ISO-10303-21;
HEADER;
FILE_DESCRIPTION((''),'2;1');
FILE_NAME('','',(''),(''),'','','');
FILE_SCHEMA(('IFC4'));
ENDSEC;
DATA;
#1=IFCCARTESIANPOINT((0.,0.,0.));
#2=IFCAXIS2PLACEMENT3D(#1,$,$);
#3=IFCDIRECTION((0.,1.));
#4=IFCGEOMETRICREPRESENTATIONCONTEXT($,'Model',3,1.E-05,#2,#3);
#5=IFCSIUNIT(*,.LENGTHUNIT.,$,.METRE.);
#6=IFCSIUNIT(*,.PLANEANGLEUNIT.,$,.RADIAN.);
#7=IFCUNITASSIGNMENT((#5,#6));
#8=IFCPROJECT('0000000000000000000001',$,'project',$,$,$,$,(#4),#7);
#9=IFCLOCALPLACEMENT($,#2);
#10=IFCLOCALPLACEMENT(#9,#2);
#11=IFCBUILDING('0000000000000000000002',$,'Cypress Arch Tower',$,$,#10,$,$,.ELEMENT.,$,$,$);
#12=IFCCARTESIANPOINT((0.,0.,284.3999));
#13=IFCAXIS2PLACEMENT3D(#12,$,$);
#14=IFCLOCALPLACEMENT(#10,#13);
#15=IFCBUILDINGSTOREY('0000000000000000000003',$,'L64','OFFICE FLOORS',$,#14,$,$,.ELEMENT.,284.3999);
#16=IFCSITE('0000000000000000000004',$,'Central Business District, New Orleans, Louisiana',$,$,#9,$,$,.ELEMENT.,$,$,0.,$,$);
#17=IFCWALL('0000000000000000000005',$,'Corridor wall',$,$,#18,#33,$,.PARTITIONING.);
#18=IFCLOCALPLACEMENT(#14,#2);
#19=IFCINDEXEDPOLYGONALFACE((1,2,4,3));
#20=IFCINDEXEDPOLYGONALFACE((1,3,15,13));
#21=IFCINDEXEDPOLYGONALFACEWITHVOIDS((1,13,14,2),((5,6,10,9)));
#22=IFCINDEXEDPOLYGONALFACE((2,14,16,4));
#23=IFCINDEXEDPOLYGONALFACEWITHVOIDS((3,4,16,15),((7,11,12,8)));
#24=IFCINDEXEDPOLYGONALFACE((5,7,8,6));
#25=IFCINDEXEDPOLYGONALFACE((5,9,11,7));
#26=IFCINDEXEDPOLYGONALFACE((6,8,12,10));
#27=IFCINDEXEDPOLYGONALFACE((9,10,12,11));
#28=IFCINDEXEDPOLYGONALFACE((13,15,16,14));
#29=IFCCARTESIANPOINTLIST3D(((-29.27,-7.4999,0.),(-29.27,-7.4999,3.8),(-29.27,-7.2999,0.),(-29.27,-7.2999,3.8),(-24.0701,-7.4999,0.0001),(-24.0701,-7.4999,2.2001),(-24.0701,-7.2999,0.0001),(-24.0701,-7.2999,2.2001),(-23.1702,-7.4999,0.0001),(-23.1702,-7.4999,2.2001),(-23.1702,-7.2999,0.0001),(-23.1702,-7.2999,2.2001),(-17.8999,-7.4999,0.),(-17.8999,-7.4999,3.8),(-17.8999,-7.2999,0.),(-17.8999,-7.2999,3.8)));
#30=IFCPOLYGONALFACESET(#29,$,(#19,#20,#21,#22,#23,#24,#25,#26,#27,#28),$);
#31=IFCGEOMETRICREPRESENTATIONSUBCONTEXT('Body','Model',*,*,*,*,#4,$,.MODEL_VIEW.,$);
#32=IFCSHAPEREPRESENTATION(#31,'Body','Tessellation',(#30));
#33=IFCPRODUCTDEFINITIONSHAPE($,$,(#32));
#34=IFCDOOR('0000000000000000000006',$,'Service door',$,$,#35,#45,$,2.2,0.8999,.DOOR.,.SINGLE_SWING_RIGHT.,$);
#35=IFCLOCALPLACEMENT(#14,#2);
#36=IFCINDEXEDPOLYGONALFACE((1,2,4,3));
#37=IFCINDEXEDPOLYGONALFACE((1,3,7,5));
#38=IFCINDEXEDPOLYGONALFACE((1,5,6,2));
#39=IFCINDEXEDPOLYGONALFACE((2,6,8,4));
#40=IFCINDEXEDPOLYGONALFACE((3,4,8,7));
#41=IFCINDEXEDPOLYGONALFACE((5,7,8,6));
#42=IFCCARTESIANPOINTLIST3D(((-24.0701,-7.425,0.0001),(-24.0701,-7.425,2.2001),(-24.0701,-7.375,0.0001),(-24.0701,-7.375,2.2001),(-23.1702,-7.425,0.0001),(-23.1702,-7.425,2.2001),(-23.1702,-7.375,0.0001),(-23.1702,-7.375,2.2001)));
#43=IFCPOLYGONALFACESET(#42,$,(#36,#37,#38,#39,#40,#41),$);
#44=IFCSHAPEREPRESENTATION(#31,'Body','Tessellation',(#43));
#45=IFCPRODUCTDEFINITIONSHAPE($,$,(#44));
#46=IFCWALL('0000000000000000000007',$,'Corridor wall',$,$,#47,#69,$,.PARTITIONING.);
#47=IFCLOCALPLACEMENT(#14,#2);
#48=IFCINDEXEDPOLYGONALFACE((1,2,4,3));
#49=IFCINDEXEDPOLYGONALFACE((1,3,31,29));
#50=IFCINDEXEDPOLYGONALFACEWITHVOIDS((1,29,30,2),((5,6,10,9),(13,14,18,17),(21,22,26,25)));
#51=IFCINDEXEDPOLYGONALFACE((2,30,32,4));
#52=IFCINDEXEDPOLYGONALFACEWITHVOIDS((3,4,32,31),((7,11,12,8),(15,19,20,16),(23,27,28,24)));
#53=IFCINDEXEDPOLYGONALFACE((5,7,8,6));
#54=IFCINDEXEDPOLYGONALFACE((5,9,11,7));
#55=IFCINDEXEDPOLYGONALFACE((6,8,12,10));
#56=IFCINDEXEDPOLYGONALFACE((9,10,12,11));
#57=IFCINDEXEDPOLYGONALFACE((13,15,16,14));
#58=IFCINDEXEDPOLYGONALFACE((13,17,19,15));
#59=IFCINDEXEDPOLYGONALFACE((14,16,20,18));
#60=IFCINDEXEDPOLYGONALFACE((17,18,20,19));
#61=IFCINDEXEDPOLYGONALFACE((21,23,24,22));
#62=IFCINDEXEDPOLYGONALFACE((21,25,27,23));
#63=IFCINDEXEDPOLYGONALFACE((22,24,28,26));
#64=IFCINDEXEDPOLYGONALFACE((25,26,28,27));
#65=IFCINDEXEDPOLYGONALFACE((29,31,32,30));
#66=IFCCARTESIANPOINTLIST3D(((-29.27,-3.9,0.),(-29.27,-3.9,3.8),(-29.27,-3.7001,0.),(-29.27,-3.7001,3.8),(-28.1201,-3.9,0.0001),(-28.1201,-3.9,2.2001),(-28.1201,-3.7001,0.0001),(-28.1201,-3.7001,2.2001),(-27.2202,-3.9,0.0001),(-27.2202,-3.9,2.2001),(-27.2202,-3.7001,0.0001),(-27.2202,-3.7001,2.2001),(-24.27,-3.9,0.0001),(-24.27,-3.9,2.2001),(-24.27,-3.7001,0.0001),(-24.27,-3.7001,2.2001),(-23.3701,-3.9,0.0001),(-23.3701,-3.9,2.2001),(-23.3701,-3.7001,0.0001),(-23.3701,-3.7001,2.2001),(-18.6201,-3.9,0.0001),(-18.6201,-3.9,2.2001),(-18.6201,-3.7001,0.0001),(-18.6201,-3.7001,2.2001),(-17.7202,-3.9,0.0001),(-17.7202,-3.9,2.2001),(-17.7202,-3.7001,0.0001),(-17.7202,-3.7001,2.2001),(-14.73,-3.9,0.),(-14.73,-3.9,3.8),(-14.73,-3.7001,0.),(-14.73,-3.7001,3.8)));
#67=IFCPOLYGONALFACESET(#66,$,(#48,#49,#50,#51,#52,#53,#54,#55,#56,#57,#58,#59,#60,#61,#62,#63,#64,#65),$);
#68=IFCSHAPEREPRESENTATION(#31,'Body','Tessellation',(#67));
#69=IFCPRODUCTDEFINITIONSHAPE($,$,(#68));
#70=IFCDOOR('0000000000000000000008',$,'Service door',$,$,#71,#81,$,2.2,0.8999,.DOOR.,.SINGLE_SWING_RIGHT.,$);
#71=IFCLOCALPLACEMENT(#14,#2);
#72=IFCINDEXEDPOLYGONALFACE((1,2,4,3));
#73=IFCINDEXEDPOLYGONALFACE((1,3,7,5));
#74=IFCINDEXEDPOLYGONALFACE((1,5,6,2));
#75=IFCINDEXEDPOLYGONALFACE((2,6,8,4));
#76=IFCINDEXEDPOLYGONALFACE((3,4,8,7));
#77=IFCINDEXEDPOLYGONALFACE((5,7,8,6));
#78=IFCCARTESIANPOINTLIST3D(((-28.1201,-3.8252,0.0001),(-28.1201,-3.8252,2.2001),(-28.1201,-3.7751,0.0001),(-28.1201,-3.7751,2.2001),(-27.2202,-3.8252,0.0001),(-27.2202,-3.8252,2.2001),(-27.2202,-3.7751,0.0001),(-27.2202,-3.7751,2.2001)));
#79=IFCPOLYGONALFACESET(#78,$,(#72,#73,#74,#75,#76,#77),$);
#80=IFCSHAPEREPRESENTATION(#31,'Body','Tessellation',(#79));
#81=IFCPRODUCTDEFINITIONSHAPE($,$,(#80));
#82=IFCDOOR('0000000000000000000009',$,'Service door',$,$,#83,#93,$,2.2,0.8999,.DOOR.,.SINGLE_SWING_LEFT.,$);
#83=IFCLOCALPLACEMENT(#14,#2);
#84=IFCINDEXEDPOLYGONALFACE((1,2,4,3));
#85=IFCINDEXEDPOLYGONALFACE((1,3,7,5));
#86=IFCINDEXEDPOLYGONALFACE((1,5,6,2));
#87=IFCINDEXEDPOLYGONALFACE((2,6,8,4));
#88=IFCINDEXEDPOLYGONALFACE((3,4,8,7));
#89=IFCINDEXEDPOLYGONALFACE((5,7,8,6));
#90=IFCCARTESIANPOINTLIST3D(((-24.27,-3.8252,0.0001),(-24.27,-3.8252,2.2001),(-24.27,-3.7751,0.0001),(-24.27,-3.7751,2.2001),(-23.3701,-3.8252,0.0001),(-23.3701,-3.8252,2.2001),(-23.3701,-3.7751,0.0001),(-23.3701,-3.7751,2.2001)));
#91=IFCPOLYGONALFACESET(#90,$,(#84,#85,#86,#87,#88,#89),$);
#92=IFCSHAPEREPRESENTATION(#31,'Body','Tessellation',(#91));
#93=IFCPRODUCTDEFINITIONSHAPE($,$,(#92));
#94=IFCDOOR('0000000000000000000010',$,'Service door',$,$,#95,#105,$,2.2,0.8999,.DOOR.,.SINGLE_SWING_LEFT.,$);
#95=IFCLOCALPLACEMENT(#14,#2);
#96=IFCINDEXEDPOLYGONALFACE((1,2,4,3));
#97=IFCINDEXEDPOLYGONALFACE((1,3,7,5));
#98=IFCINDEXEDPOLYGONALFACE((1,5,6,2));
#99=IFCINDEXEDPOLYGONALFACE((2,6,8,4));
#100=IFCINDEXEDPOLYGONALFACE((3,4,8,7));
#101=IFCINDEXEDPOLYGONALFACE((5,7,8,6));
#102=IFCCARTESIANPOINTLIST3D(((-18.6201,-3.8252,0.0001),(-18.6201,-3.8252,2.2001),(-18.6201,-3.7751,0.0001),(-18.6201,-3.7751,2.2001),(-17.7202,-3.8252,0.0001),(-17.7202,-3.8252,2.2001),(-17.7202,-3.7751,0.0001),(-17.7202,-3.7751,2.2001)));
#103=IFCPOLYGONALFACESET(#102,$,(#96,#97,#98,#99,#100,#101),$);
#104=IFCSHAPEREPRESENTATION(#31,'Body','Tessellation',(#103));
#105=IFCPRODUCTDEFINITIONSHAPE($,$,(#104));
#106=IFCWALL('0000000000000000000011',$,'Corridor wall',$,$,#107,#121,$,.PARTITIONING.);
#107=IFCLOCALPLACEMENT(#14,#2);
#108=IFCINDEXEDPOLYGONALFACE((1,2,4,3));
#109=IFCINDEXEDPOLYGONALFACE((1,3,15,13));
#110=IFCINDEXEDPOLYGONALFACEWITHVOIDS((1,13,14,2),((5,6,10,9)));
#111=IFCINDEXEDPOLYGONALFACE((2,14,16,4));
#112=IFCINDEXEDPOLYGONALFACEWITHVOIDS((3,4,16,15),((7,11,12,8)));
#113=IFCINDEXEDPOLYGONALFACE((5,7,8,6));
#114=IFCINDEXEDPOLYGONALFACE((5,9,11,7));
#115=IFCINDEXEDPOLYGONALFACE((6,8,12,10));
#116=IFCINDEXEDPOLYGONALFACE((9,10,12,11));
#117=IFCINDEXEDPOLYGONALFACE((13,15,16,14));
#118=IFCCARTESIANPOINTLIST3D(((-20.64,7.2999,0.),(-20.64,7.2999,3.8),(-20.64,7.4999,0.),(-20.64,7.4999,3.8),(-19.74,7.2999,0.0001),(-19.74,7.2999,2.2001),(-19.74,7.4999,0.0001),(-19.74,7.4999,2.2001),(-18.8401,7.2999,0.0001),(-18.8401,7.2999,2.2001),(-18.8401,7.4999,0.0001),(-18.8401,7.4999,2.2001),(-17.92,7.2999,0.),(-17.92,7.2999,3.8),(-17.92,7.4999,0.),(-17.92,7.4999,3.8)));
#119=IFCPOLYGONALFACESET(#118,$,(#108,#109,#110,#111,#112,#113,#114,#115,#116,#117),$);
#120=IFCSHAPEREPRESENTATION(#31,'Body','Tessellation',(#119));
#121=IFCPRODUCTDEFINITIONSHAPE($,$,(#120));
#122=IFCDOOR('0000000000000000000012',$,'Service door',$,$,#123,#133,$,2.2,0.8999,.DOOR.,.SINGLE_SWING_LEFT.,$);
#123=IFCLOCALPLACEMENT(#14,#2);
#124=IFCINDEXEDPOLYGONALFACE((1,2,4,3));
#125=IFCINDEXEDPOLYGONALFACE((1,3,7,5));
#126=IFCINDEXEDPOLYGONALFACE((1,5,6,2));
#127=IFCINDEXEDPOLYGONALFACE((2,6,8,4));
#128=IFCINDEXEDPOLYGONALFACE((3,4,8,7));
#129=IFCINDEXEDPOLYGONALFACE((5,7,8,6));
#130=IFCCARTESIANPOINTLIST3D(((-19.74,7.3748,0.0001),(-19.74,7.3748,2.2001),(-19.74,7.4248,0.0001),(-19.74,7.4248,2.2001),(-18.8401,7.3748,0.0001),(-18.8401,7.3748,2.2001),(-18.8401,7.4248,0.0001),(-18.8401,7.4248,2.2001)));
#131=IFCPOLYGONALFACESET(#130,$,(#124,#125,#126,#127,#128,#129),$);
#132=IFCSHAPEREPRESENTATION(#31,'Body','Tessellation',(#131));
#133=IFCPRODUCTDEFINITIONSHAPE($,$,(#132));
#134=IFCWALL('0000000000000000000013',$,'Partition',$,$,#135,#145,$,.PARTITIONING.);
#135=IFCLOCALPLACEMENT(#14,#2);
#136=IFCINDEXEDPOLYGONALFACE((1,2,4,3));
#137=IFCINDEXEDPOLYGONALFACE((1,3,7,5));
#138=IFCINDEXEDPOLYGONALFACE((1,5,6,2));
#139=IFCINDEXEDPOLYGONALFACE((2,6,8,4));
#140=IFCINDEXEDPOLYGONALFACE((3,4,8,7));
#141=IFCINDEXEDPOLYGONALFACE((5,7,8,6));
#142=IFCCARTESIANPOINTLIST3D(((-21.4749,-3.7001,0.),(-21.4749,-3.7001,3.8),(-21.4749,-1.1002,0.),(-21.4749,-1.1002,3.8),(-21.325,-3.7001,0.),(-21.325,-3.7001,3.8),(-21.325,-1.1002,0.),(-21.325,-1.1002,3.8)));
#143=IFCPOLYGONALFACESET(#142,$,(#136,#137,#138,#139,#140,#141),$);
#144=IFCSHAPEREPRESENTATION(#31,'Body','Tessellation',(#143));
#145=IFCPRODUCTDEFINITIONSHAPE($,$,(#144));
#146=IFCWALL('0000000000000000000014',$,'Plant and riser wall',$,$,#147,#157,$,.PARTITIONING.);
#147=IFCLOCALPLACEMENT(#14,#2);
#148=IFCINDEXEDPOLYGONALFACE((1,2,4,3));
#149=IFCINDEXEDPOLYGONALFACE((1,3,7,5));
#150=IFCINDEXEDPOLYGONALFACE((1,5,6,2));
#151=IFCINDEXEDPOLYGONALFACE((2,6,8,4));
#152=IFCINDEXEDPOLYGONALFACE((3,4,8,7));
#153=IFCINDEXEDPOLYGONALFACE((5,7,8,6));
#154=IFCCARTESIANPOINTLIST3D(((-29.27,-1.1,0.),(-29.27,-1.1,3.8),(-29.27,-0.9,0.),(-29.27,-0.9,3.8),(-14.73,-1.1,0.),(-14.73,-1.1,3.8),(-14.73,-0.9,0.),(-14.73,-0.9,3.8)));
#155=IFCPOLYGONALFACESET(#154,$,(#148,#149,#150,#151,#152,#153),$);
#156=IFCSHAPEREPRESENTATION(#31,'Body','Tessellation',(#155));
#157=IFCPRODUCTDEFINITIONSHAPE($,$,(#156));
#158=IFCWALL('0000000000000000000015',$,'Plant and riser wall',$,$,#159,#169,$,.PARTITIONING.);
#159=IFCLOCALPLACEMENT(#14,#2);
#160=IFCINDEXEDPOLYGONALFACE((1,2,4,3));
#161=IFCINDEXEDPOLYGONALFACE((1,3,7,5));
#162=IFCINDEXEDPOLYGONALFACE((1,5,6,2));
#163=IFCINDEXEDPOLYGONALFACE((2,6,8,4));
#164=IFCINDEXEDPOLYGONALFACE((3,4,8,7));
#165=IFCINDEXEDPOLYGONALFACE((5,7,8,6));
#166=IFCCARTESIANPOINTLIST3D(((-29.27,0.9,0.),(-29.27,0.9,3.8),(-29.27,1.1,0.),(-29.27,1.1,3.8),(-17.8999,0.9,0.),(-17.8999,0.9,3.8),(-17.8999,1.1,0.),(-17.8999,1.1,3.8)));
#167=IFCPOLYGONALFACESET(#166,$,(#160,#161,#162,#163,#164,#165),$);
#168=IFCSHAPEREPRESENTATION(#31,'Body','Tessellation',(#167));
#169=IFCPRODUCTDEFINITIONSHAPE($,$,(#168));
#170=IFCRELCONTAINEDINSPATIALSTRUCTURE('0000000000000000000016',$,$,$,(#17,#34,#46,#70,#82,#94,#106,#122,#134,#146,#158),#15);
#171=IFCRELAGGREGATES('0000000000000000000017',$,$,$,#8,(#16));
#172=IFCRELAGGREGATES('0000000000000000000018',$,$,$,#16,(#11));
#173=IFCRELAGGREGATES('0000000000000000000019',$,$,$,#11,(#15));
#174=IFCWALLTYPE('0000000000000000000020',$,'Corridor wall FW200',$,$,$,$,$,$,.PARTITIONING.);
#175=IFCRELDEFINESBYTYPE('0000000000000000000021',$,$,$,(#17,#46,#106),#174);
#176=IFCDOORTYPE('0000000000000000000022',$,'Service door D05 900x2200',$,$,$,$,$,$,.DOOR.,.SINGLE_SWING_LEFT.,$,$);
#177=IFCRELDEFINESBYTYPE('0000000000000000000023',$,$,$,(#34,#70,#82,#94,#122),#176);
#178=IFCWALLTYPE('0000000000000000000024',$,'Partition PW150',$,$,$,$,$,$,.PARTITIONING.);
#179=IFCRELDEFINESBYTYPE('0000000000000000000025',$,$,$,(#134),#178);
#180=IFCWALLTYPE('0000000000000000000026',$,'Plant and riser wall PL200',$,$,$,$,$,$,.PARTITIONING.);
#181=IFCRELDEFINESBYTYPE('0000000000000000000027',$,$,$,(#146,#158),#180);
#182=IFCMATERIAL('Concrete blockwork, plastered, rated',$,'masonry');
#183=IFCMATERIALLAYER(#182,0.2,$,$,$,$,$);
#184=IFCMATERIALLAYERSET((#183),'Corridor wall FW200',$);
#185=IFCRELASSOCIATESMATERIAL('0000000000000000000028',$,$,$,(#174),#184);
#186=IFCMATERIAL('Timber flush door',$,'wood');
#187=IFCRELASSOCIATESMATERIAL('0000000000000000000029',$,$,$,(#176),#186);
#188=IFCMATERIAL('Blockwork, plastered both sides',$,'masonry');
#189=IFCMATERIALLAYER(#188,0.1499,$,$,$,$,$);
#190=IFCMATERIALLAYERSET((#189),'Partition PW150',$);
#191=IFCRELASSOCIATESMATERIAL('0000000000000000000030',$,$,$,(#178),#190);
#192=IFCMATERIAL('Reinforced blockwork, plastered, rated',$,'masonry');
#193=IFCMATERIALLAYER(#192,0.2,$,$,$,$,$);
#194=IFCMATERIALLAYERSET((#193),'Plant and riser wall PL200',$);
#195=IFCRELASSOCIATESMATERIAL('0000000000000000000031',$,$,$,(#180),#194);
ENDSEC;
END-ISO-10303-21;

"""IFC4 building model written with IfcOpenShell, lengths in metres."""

from ifc_helpers import new_model, si_unit, direction, frame, frame_2d, origin, place, context, subcontext, project, spatial, rectangle, extrude, material, layer, layer_set, type_object, element, fill, save


model = new_model("IFC4")

# Units and contexts
model_context = context("Model", 3, precision=1e-05, world=origin(), true_north=direction((0.0, 1.0)))
body_context = subcontext(model_context, "Body", "Model", "MODEL_VIEW")
ifc_project = project(units=[si_unit("LENGTHUNIT", "METRE"), si_unit("PLANEANGLEUNIT", "RADIAN")], contexts=[model_context])

# Site, building, storey
site_placement = place(None, origin())
site = spatial("IfcSite", under=ifc_project, at=site_placement, Name="Central Business District, New Orleans, Louisiana", CompositionType="ELEMENT", RefElevation=0.0)
building_placement = place(site_placement, origin())
building = spatial("IfcBuilding", under=site, at=building_placement, Name="Cypress Arch Tower", CompositionType="ELEMENT")
storey_placement = place(building_placement, frame((0.0, 0.0, 284.3999)))
storey = spatial("IfcBuildingStorey", under=building, at=storey_placement, Name="L64", Description="OFFICE FLOORS", CompositionType="ELEMENT", Elevation=284.3999)

# Wall, opening, door
ifc_material_1 = material(Name="Concrete blockwork, plastered, rated", Category="masonry")
ifc_layer_1 = layer(ifc_material_1, 0.2)
ifc_layer_set_1 = layer_set([ifc_layer_1], Name="Corridor wall FW200")
wall_type_1 = type_object("IfcWallType", Name="Corridor wall FW200", PredefinedType="PARTITIONING", material=ifc_layer_set_1)
wall_1_placement = place(storey_placement, frame((-29.27, -7.3999, 0.0), z_axis=(0.0, 0.0, 1.0), x_axis=(1.0, 0.0, 0.0)))
wall_1 = element("IfcWall", 1, at=wall_1_placement, inside=storey, type_object=wall_type_1, Name="Corridor wall", PredefinedType="PARTITIONING", context=body_context, shape_type="SweptSolid", body=[
    extrude(rectangle(XDim=11.3701, YDim=0.2, at=frame_2d((5.6851, 0.0))), origin(), (0.0, 0.0, 1.0), 3.8),
])
opening_1_placement = place(wall_1_placement, frame((5.2, 0.0, 0.0)))
opening_1 = element("IfcOpeningElement", 2, at=opening_1_placement, cuts=wall_1, PredefinedType="OPENING", context=body_context, shape_type="SweptSolid", body=[
    extrude(rectangle(XDim=0.8999, YDim=2.2, at=frame_2d((0.45, 1.1001))), frame((0.0, 0.1099, 0.0), z_axis=(0.0, -1.0, 0.0), x_axis=(1.0, 0.0, 0.0)), (0.0, 0.0, 1.0), 0.22),
])
ifc_material_2 = material(Name="Timber flush door", Category="wood")
door_type_1 = type_object("IfcDoorType", Name="Service door D05 900x2200", OperationType="SINGLE_SWING_LEFT", PredefinedType="DOOR", material=ifc_material_2)
door_1_placement = place(opening_1_placement, origin())
door_1 = element("IfcDoor", 3, at=door_1_placement, inside=storey, type_object=door_type_1, Name="Service door", OperationType="SINGLE_SWING_RIGHT", OverallHeight=2.2, OverallWidth=0.8999, PredefinedType="DOOR", context=body_context, shape_type="SweptSolid", body=[
    extrude(rectangle(XDim=0.8999, YDim=2.2, at=frame_2d((0.45, 1.1001))), frame((0.0, 0.0249, 0.0), z_axis=(0.0, -1.0, 0.0), x_axis=(1.0, 0.0, 0.0)), (0.0, 0.0, 1.0), 0.05),
])
fill(opening_1, door_1)

# Wall, openings, doors
wall_2_placement = place(storey_placement, frame((-29.27, -3.8, 0.0), z_axis=(0.0, 0.0, 1.0), x_axis=(1.0, 0.0, 0.0)))
wall_2 = element("IfcWall", 4, at=wall_2_placement, inside=storey, type_object=wall_type_1, Name="Corridor wall", PredefinedType="PARTITIONING", context=body_context, shape_type="SweptSolid", body=[
    extrude(rectangle(XDim=14.54, YDim=0.2, at=frame_2d((7.27, 0.0))), origin(), (0.0, 0.0, 1.0), 3.8),
])
opening_2_placement = place(wall_2_placement, frame((1.1499, 0.0, 0.0)))
opening_2 = element("IfcOpeningElement", 5, at=opening_2_placement, cuts=wall_2, PredefinedType="OPENING", context=body_context, shape_type="SweptSolid", body=[
    extrude(rectangle(XDim=0.8999, YDim=2.2, at=frame_2d((0.45, 1.1001))), frame((0.0, 0.1099, 0.0), z_axis=(0.0, -1.0, 0.0), x_axis=(1.0, 0.0, 0.0)), (0.0, 0.0, 1.0), 0.22),
])
opening_3_placement = place(wall_2_placement, frame((5.0, 0.0, 0.0)))
opening_3 = element("IfcOpeningElement", 6, at=opening_3_placement, cuts=wall_2, PredefinedType="OPENING", context=body_context, shape_type="SweptSolid", body=[
    extrude(rectangle(XDim=0.8999, YDim=2.2, at=frame_2d((0.45, 1.1001))), frame((0.0, 0.1099, 0.0), z_axis=(0.0, -1.0, 0.0), x_axis=(1.0, 0.0, 0.0)), (0.0, 0.0, 1.0), 0.22),
])
opening_4_placement = place(wall_2_placement, frame((10.6499, 0.0, 0.0)))
opening_4 = element("IfcOpeningElement", 7, at=opening_4_placement, cuts=wall_2, PredefinedType="OPENING", context=body_context, shape_type="SweptSolid", body=[
    extrude(rectangle(XDim=0.8999, YDim=2.2, at=frame_2d((0.45, 1.1001))), frame((0.0, 0.1099, 0.0), z_axis=(0.0, -1.0, 0.0), x_axis=(1.0, 0.0, 0.0)), (0.0, 0.0, 1.0), 0.22),
])
door_2_placement = place(opening_2_placement, origin())
door_2 = element("IfcDoor", 8, at=door_2_placement, inside=storey, type_object=door_type_1, Name="Service door", OperationType="SINGLE_SWING_RIGHT", OverallHeight=2.2, OverallWidth=0.8999, PredefinedType="DOOR", context=body_context, shape_type="SweptSolid", body=[
    extrude(rectangle(XDim=0.8999, YDim=2.2, at=frame_2d((0.45, 1.1001))), frame((0.0, 0.0249, 0.0), z_axis=(0.0, -1.0, 0.0), x_axis=(1.0, 0.0, 0.0)), (0.0, 0.0, 1.0), 0.05),
])
fill(opening_2, door_2)
door_3_placement = place(opening_3_placement, origin())
door_3 = element("IfcDoor", 9, at=door_3_placement, inside=storey, type_object=door_type_1, Name="Service door", OperationType="SINGLE_SWING_LEFT", OverallHeight=2.2, OverallWidth=0.8999, PredefinedType="DOOR", context=body_context, shape_type="SweptSolid", body=[
    extrude(rectangle(XDim=0.8999, YDim=2.2, at=frame_2d((0.45, 1.1001))), frame((0.0, 0.0249, 0.0), z_axis=(0.0, -1.0, 0.0), x_axis=(1.0, 0.0, 0.0)), (0.0, 0.0, 1.0), 0.05),
])
fill(opening_3, door_3)
door_4_placement = place(opening_4_placement, origin())
door_4 = element("IfcDoor", 10, at=door_4_placement, inside=storey, type_object=door_type_1, Name="Service door", OperationType="SINGLE_SWING_LEFT", OverallHeight=2.2, OverallWidth=0.8999, PredefinedType="DOOR", context=body_context, shape_type="SweptSolid", body=[
    extrude(rectangle(XDim=0.8999, YDim=2.2, at=frame_2d((0.45, 1.1001))), frame((0.0, 0.0249, 0.0), z_axis=(0.0, -1.0, 0.0), x_axis=(1.0, 0.0, 0.0)), (0.0, 0.0, 1.0), 0.05),
])
fill(opening_4, door_4)

# Wall, opening, door
wall_3_placement = place(storey_placement, frame((-20.6399, 7.3999, 0.0), z_axis=(0.0, 0.0, 1.0), x_axis=(1.0, 0.0, 0.0)))
wall_3 = element("IfcWall", 11, at=wall_3_placement, inside=storey, type_object=wall_type_1, Name="Corridor wall", PredefinedType="PARTITIONING", context=body_context, shape_type="SweptSolid", body=[
    extrude(rectangle(XDim=2.72, YDim=0.2, at=frame_2d((1.3599, 0.0))), origin(), (0.0, 0.0, 1.0), 3.8),
])
opening_5_placement = place(wall_3_placement, frame((0.8999, 0.0, 0.0)))
opening_5 = element("IfcOpeningElement", 12, at=opening_5_placement, cuts=wall_3, PredefinedType="OPENING", context=body_context, shape_type="SweptSolid", body=[
    extrude(rectangle(XDim=0.8999, YDim=2.2, at=frame_2d((0.45, 1.1001))), frame((0.0, 0.1099, 0.0), z_axis=(0.0, -1.0, 0.0), x_axis=(1.0, 0.0, 0.0)), (0.0, 0.0, 1.0), 0.22),
])
door_5_placement = place(opening_5_placement, origin())
door_5 = element("IfcDoor", 13, at=door_5_placement, inside=storey, type_object=door_type_1, Name="Service door", OperationType="SINGLE_SWING_LEFT", OverallHeight=2.2, OverallWidth=0.8999, PredefinedType="DOOR", context=body_context, shape_type="SweptSolid", body=[
    extrude(rectangle(XDim=0.8999, YDim=2.2, at=frame_2d((0.45, 1.1001))), frame((0.0, 0.0249, 0.0), z_axis=(0.0, -1.0, 0.0), x_axis=(1.0, 0.0, 0.0)), (0.0, 0.0, 1.0), 0.05),
])
fill(opening_5, door_5)

# Walls
ifc_material_3 = material(Name="Blockwork, plastered both sides", Category="masonry")
ifc_layer_2 = layer(ifc_material_3, 0.1499)
ifc_layer_set_2 = layer_set([ifc_layer_2], Name="Partition PW150")
wall_type_2 = type_object("IfcWallType", Name="Partition PW150", PredefinedType="PARTITIONING", material=ifc_layer_set_2)
wall_4_placement = place(storey_placement, frame((-21.3999, -3.7, 0.0), z_axis=(0.0, 0.0, 1.0), x_axis=(0.0, 1.0, 0.0)))
element("IfcWall", 14, at=wall_4_placement, inside=storey, type_object=wall_type_2, Name="Partition", PredefinedType="PARTITIONING", context=body_context, shape_type="SweptSolid", body=[
    extrude(rectangle(XDim=2.5999, YDim=0.1499, at=frame_2d((1.2998, 0.0))), origin(), (0.0, 0.0, 1.0), 3.8),
])
ifc_material_4 = material(Name="Reinforced blockwork, plastered, rated", Category="masonry")
ifc_layer_3 = layer(ifc_material_4, 0.2)
ifc_layer_set_3 = layer_set([ifc_layer_3], Name="Plant and riser wall PL200")
wall_type_3 = type_object("IfcWallType", Name="Plant and riser wall PL200", PredefinedType="PARTITIONING", material=ifc_layer_set_3)
wall_5_placement = place(storey_placement, frame((-29.27, -1.0, 0.0), z_axis=(0.0, 0.0, 1.0), x_axis=(1.0, 0.0, 0.0)))
element("IfcWall", 15, at=wall_5_placement, inside=storey, type_object=wall_type_3, Name="Plant and riser wall", PredefinedType="PARTITIONING", context=body_context, shape_type="SweptSolid", body=[
    extrude(rectangle(XDim=14.54, YDim=0.2, at=frame_2d((7.27, 0.0))), origin(), (0.0, 0.0, 1.0), 3.8),
])
wall_6_placement = place(storey_placement, frame((-29.27, 1.0, 0.0), z_axis=(0.0, 0.0, 1.0), x_axis=(1.0, 0.0, 0.0)))
element("IfcWall", 16, at=wall_6_placement, inside=storey, type_object=wall_type_3, Name="Plant and riser wall", PredefinedType="PARTITIONING", context=body_context, shape_type="SweptSolid", body=[
    extrude(rectangle(XDim=11.3701, YDim=0.2, at=frame_2d((5.6851, 0.0))), origin(), (0.0, 0.0, 1.0), 3.8),
])

save(model, "model.ifc")
